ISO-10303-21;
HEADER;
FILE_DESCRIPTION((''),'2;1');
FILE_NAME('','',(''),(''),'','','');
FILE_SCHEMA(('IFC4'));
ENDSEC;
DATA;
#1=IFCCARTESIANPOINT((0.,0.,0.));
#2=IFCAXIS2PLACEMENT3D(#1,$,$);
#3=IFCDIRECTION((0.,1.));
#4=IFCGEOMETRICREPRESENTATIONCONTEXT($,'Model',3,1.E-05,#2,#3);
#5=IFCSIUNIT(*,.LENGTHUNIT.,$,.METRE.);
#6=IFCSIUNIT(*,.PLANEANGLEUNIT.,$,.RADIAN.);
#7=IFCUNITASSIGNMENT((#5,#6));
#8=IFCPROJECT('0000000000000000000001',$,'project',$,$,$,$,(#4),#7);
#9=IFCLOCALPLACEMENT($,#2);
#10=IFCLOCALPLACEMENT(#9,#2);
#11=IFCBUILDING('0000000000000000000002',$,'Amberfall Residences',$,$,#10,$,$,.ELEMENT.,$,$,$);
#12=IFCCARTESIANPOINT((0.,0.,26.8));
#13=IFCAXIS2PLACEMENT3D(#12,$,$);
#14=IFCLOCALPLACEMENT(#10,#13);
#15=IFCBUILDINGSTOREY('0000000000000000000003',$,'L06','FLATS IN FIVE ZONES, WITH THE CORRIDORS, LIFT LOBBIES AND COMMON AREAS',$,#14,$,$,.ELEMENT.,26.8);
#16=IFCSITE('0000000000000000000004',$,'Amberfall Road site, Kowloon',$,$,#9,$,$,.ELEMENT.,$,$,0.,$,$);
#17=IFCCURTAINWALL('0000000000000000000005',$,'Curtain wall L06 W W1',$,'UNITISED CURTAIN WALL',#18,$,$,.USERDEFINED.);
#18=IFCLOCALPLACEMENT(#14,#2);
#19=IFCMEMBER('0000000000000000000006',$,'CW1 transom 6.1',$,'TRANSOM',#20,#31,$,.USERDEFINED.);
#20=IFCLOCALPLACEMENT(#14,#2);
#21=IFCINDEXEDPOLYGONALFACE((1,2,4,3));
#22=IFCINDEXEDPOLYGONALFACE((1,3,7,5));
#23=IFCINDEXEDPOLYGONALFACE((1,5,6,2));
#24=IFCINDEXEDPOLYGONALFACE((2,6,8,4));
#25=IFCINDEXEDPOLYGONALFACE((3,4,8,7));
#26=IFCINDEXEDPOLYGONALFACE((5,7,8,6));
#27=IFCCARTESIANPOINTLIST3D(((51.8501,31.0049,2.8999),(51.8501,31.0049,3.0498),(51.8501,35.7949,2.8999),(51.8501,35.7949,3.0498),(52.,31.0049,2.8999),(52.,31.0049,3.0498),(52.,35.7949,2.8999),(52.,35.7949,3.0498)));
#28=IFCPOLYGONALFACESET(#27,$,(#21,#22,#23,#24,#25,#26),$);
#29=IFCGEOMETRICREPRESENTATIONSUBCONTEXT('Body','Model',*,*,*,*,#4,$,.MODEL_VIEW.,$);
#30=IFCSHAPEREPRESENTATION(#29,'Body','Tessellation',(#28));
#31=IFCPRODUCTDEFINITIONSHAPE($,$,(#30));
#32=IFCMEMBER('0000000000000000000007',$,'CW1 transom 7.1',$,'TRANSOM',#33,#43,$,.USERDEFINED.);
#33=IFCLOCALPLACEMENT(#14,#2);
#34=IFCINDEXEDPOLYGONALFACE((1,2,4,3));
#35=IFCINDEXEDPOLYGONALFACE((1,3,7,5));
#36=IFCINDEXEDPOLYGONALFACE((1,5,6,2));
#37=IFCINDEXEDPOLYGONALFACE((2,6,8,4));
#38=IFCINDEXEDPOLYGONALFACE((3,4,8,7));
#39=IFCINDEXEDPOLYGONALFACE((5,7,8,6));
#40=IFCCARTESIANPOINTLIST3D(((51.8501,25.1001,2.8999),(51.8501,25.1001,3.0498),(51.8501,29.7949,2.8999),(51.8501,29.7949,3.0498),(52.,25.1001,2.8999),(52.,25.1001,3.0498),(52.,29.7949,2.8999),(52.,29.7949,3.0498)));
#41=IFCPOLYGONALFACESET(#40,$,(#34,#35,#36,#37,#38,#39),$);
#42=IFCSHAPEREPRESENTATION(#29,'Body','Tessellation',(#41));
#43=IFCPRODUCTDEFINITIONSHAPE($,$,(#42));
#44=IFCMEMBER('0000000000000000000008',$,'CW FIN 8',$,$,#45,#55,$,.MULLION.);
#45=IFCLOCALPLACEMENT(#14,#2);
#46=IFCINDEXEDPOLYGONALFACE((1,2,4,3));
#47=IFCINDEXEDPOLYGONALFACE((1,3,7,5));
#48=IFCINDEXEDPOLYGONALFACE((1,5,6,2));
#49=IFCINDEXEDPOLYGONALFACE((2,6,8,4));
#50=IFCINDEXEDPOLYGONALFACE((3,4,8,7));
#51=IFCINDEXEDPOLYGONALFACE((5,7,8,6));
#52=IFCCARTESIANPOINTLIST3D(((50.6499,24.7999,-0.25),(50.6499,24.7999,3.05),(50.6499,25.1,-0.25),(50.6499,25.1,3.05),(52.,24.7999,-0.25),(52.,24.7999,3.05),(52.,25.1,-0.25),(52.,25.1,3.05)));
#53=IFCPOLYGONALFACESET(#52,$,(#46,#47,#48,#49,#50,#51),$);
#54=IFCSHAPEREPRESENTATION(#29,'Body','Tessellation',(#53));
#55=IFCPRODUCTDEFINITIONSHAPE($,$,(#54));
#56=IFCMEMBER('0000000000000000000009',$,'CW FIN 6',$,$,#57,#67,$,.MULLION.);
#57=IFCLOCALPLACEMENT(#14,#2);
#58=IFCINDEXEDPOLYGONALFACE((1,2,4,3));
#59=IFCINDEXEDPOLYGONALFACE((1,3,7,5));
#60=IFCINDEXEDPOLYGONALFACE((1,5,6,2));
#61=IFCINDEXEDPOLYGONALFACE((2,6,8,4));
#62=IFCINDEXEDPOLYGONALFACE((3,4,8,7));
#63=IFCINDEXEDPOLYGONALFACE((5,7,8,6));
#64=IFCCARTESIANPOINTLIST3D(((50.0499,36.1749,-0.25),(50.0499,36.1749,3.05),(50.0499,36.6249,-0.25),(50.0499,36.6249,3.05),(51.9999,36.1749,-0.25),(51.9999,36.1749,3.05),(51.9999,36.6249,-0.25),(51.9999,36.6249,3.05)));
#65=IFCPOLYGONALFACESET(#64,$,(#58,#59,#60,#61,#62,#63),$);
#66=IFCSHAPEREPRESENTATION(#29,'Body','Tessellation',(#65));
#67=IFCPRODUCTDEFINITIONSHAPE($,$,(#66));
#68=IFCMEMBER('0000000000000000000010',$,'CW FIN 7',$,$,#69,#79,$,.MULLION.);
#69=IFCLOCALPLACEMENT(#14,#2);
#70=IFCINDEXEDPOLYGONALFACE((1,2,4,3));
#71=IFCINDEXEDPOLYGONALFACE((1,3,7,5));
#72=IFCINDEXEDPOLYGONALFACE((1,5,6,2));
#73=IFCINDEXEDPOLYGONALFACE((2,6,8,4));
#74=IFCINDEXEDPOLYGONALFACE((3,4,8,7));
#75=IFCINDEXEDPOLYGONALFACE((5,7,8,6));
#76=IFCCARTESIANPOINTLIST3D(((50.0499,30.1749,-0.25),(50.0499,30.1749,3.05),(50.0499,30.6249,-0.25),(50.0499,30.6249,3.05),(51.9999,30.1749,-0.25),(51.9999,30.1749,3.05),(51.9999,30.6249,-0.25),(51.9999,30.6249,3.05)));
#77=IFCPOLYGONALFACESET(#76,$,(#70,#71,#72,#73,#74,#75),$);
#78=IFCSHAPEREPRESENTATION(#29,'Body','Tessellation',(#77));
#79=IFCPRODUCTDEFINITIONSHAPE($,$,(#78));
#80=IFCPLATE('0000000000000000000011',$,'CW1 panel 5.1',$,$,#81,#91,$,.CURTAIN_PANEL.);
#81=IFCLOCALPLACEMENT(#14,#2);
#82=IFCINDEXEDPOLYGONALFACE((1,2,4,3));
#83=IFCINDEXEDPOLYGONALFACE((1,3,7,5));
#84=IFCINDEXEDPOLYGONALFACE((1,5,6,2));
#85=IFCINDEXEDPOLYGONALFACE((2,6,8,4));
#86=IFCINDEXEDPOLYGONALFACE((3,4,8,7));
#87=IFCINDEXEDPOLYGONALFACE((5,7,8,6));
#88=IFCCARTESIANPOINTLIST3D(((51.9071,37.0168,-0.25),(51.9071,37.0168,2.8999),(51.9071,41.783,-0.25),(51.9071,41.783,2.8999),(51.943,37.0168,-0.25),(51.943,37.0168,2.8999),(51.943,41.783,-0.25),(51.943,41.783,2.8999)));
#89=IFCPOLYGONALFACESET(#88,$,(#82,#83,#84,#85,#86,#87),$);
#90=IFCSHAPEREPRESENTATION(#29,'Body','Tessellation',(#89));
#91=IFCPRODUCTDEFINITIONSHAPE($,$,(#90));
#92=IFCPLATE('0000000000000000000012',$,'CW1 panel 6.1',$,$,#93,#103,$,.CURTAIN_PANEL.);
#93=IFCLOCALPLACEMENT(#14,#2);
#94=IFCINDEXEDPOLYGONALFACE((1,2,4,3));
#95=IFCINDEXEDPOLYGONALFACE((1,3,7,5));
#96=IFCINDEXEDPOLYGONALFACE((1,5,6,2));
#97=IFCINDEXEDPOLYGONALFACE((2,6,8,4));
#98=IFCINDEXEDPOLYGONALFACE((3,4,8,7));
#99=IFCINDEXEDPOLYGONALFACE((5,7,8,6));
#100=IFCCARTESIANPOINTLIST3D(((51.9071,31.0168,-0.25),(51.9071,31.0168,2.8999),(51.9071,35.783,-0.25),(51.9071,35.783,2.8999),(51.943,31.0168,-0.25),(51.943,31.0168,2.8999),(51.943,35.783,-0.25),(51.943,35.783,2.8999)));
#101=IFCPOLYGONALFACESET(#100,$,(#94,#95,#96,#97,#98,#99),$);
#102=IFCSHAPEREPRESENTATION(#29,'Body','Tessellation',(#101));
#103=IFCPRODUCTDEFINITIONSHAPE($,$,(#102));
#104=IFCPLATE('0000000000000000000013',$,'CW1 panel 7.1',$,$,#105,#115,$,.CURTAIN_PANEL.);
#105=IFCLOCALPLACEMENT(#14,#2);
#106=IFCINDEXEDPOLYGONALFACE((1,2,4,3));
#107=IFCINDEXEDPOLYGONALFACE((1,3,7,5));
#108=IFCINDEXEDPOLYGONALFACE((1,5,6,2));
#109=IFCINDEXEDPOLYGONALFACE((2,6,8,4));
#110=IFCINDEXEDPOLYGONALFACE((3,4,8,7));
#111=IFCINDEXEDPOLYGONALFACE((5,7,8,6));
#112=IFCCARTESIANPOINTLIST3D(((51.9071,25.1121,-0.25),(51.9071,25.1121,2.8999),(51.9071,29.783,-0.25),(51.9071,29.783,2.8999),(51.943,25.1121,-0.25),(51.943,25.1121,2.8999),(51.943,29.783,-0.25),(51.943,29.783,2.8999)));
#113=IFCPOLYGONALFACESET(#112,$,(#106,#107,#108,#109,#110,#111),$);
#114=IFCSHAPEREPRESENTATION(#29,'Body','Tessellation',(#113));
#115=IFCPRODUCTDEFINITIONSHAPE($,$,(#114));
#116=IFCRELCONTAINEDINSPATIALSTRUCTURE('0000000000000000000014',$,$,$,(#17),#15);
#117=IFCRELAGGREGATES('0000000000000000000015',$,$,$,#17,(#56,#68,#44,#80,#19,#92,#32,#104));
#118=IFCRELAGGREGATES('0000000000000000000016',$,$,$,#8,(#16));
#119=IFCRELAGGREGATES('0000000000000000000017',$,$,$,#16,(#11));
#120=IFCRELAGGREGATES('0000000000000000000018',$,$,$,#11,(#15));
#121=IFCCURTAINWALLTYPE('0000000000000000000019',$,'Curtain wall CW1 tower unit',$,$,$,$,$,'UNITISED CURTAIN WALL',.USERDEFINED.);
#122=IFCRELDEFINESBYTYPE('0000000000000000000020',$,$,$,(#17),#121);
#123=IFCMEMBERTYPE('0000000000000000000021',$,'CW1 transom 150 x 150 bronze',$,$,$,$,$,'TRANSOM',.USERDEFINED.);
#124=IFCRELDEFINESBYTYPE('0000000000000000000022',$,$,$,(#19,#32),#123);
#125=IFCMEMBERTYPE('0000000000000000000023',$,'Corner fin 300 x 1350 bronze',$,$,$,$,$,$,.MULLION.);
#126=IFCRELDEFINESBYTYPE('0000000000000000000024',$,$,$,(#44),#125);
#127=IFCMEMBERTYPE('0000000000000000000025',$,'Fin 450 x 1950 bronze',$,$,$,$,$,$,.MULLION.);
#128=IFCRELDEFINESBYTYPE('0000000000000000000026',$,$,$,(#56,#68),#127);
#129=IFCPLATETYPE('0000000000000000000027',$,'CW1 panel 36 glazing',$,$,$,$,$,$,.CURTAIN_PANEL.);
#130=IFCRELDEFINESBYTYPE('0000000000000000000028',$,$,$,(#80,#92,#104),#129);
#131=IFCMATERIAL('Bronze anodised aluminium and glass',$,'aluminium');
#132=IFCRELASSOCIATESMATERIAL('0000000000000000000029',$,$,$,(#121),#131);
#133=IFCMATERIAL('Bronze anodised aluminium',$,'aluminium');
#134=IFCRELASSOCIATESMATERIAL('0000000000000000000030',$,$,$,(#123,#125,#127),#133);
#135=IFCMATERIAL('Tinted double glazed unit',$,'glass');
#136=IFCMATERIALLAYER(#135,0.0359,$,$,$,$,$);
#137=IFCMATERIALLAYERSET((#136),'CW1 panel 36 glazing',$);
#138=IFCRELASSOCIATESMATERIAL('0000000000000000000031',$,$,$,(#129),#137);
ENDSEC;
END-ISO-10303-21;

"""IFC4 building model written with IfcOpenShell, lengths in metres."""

from ifc_helpers import new_model, si_unit, direction, frame, origin, origin_2d, place, context, subcontext, project, spatial, rectangle, extrude, material, layer, layer_set, material_profile, profile_set, type_object, element, aggregate, save


model = new_model("IFC4")

# Units and contexts
model_context = context("Model", 3, precision=1e-05, world=origin(), true_north=direction((0.0, 1.0)))
body_context = subcontext(model_context, "Body", "Model", "MODEL_VIEW")
ifc_project = project(units=[si_unit("LENGTHUNIT", "METRE"), si_unit("PLANEANGLEUNIT", "RADIAN")], contexts=[model_context])

# Site, building, storey
site_placement = place(None, origin())
site = spatial("IfcSite", under=ifc_project, at=site_placement, Name="Amberfall Road site, Kowloon", CompositionType="ELEMENT", RefElevation=0.0)
building_placement = place(site_placement, origin())
building = spatial("IfcBuilding", under=site, at=building_placement, Name="Amberfall Residences", CompositionType="ELEMENT")
storey_placement = place(building_placement, frame((0.0, 0.0, 26.8)))
storey = spatial("IfcBuildingStorey", under=building, at=storey_placement, Name="L06", Description="FLATS IN FIVE ZONES, WITH THE CORRIDORS, LIFT LOBBIES AND COMMON AREAS", CompositionType="ELEMENT", Elevation=26.8)

# Curtain wall, members, plates
ifc_material_1 = material(Name="Bronze anodised aluminium and glass", Category="aluminium")
curtain_wall_type = type_object("IfcCurtainWallType", Name="Curtain wall CW1 tower unit", ElementType="UNITISED CURTAIN WALL", PredefinedType="USERDEFINED", material=ifc_material_1)
curtain_wall_placement = place(storey_placement, origin())
curtain_wall = element("IfcCurtainWall", 1, at=curtain_wall_placement, inside=storey, type_object=curtain_wall_type, Name="Curtain wall L06 W W1", ObjectType="UNITISED CURTAIN WALL", PredefinedType="USERDEFINED")
ifc_material_2 = material(Name="Bronze anodised aluminium", Category="aluminium")
ifc_material_profile_1 = material_profile(ifc_material_2, rectangle(XDim=0.1499, YDim=0.1499, at=origin_2d()), Name="CW1 transom 150 x 150 bronze")
ifc_profile_set_1 = profile_set([ifc_material_profile_1], Name="Bronze anodised aluminium")
member_type_1 = type_object("IfcMemberType", Name="CW1 transom 150 x 150 bronze", ElementType="TRANSOM", PredefinedType="USERDEFINED", material=ifc_profile_set_1)
member_1_placement = place(storey_placement, frame((51.925, 35.7949, 2.9749), z_axis=(0.0, -1.0, 0.0), x_axis=(1.0, 0.0, 0.0)))
member_1 = element("IfcMember", 2, at=member_1_placement, type_object=member_type_1, Name="CW1 transom 6.1", ObjectType="TRANSOM", PredefinedType="USERDEFINED", context=body_context, shape_type="SweptSolid", body=[
    extrude(rectangle(XDim=0.1499, YDim=0.1499, at=origin_2d()), origin(), (0.0, 0.0, 1.0), 4.79),
])
member_2_placement = place(storey_placement, frame((51.925, 29.7949, 2.9749), z_axis=(0.0, -1.0, 0.0), x_axis=(1.0, 0.0, 0.0)))
member_2 = element("IfcMember", 3, at=member_2_placement, type_object=member_type_1, Name="CW1 transom 7.1", ObjectType="TRANSOM", PredefinedType="USERDEFINED", context=body_context, shape_type="SweptSolid", body=[
    extrude(rectangle(XDim=0.1499, YDim=0.1499, at=origin_2d()), origin(), (0.0, 0.0, 1.0), 4.6948),
])
ifc_material_profile_2 = material_profile(ifc_material_2, rectangle(XDim=1.3501, YDim=0.3, at=origin_2d()), Name="Corner fin 300 x 1350 bronze")
ifc_profile_set_2 = profile_set([ifc_material_profile_2], Name="Bronze anodised aluminium")
member_type_2 = type_object("IfcMemberType", Name="Corner fin 300 x 1350 bronze", PredefinedType="MULLION", material=ifc_profile_set_2)
member_3_placement = place(storey_placement, frame((51.325, 24.95, -0.25), z_axis=(0.0, 0.0, 1.0), x_axis=(1.0, 0.0, 0.0)))
member_3 = element("IfcMember", 4, at=member_3_placement, type_object=member_type_2, Name="CW FIN 8", PredefinedType="MULLION", context=body_context, shape_type="SweptSolid", body=[
    extrude(rectangle(XDim=1.3501, YDim=0.3, at=origin_2d()), origin(), (0.0, 0.0, 1.0), 3.3),
])
ifc_material_profile_3 = material_profile(ifc_material_2, rectangle(XDim=1.95, YDim=0.45, at=origin_2d()), Name="Fin 450 x 1950 bronze")
ifc_profile_set_3 = profile_set([ifc_material_profile_3], Name="Bronze anodised aluminium")
member_type_3 = type_object("IfcMemberType", Name="Fin 450 x 1950 bronze", PredefinedType="MULLION", material=ifc_profile_set_3)
member_4_placement = place(storey_placement, frame((51.0249, 36.3999, -0.25), z_axis=(0.0, 0.0, 1.0), x_axis=(1.0, 0.0, 0.0)))
member_4 = element("IfcMember", 5, at=member_4_placement, type_object=member_type_3, Name="CW FIN 6", PredefinedType="MULLION", context=body_context, shape_type="SweptSolid", body=[
    extrude(rectangle(XDim=1.95, YDim=0.45, at=origin_2d()), origin(), (0.0, 0.0, 1.0), 3.3),
])
member_5_placement = place(storey_placement, frame((51.0249, 30.3999, -0.25), z_axis=(0.0, 0.0, 1.0), x_axis=(1.0, 0.0, 0.0)))
member_5 = element("IfcMember", 6, at=member_5_placement, type_object=member_type_3, Name="CW FIN 7", PredefinedType="MULLION", context=body_context, shape_type="SweptSolid", body=[
    extrude(rectangle(XDim=1.95, YDim=0.45, at=origin_2d()), origin(), (0.0, 0.0, 1.0), 3.3),
])
ifc_material_3 = material(Name="Tinted double glazed unit", Category="glass")
ifc_layer_1 = layer(ifc_material_3, 0.0359)
ifc_layer_set_1 = layer_set([ifc_layer_1], Name="CW1 panel 36 glazing")
plate_type = type_object("IfcPlateType", Name="CW1 panel 36 glazing", PredefinedType="CURTAIN_PANEL", material=ifc_layer_set_1)
plate_1_placement = place(storey_placement, frame((51.925, 39.3999, -0.25), z_axis=(0.0, 0.0, 1.0), x_axis=(0.0, -1.0, 0.0)))
plate_1 = element("IfcPlate", 7, at=plate_1_placement, type_object=plate_type, Name="CW1 panel 5.1", PredefinedType="CURTAIN_PANEL", context=body_context, shape_type="SweptSolid", body=[
    extrude(rectangle(XDim=4.7661, YDim=0.0359, at=origin_2d()), origin(), (0.0, 0.0, 1.0), 3.1499),
])
plate_2_placement = place(storey_placement, frame((51.925, 33.3999, -0.25), z_axis=(0.0, 0.0, 1.0), x_axis=(0.0, -1.0, 0.0)))
plate_2 = element("IfcPlate", 8, at=plate_2_placement, type_object=plate_type, Name="CW1 panel 6.1", PredefinedType="CURTAIN_PANEL", context=body_context, shape_type="SweptSolid", body=[
    extrude(rectangle(XDim=4.7661, YDim=0.0359, at=origin_2d()), origin(), (0.0, 0.0, 1.0), 3.1499),
])
plate_3_placement = place(storey_placement, frame((51.925, 27.4475, -0.25), z_axis=(0.0, 0.0, 1.0), x_axis=(0.0, -1.0, 0.0)))
plate_3 = element("IfcPlate", 9, at=plate_3_placement, type_object=plate_type, Name="CW1 panel 7.1", PredefinedType="CURTAIN_PANEL", context=body_context, shape_type="SweptSolid", body=[
    extrude(rectangle(XDim=4.6709, YDim=0.0359, at=origin_2d()), origin(), (0.0, 0.0, 1.0), 3.1499),
])
aggregate(curtain_wall, [member_4, member_5, member_3, plate_1, member_1, plate_2, member_2, plate_3])

save(model, "model.ifc")
